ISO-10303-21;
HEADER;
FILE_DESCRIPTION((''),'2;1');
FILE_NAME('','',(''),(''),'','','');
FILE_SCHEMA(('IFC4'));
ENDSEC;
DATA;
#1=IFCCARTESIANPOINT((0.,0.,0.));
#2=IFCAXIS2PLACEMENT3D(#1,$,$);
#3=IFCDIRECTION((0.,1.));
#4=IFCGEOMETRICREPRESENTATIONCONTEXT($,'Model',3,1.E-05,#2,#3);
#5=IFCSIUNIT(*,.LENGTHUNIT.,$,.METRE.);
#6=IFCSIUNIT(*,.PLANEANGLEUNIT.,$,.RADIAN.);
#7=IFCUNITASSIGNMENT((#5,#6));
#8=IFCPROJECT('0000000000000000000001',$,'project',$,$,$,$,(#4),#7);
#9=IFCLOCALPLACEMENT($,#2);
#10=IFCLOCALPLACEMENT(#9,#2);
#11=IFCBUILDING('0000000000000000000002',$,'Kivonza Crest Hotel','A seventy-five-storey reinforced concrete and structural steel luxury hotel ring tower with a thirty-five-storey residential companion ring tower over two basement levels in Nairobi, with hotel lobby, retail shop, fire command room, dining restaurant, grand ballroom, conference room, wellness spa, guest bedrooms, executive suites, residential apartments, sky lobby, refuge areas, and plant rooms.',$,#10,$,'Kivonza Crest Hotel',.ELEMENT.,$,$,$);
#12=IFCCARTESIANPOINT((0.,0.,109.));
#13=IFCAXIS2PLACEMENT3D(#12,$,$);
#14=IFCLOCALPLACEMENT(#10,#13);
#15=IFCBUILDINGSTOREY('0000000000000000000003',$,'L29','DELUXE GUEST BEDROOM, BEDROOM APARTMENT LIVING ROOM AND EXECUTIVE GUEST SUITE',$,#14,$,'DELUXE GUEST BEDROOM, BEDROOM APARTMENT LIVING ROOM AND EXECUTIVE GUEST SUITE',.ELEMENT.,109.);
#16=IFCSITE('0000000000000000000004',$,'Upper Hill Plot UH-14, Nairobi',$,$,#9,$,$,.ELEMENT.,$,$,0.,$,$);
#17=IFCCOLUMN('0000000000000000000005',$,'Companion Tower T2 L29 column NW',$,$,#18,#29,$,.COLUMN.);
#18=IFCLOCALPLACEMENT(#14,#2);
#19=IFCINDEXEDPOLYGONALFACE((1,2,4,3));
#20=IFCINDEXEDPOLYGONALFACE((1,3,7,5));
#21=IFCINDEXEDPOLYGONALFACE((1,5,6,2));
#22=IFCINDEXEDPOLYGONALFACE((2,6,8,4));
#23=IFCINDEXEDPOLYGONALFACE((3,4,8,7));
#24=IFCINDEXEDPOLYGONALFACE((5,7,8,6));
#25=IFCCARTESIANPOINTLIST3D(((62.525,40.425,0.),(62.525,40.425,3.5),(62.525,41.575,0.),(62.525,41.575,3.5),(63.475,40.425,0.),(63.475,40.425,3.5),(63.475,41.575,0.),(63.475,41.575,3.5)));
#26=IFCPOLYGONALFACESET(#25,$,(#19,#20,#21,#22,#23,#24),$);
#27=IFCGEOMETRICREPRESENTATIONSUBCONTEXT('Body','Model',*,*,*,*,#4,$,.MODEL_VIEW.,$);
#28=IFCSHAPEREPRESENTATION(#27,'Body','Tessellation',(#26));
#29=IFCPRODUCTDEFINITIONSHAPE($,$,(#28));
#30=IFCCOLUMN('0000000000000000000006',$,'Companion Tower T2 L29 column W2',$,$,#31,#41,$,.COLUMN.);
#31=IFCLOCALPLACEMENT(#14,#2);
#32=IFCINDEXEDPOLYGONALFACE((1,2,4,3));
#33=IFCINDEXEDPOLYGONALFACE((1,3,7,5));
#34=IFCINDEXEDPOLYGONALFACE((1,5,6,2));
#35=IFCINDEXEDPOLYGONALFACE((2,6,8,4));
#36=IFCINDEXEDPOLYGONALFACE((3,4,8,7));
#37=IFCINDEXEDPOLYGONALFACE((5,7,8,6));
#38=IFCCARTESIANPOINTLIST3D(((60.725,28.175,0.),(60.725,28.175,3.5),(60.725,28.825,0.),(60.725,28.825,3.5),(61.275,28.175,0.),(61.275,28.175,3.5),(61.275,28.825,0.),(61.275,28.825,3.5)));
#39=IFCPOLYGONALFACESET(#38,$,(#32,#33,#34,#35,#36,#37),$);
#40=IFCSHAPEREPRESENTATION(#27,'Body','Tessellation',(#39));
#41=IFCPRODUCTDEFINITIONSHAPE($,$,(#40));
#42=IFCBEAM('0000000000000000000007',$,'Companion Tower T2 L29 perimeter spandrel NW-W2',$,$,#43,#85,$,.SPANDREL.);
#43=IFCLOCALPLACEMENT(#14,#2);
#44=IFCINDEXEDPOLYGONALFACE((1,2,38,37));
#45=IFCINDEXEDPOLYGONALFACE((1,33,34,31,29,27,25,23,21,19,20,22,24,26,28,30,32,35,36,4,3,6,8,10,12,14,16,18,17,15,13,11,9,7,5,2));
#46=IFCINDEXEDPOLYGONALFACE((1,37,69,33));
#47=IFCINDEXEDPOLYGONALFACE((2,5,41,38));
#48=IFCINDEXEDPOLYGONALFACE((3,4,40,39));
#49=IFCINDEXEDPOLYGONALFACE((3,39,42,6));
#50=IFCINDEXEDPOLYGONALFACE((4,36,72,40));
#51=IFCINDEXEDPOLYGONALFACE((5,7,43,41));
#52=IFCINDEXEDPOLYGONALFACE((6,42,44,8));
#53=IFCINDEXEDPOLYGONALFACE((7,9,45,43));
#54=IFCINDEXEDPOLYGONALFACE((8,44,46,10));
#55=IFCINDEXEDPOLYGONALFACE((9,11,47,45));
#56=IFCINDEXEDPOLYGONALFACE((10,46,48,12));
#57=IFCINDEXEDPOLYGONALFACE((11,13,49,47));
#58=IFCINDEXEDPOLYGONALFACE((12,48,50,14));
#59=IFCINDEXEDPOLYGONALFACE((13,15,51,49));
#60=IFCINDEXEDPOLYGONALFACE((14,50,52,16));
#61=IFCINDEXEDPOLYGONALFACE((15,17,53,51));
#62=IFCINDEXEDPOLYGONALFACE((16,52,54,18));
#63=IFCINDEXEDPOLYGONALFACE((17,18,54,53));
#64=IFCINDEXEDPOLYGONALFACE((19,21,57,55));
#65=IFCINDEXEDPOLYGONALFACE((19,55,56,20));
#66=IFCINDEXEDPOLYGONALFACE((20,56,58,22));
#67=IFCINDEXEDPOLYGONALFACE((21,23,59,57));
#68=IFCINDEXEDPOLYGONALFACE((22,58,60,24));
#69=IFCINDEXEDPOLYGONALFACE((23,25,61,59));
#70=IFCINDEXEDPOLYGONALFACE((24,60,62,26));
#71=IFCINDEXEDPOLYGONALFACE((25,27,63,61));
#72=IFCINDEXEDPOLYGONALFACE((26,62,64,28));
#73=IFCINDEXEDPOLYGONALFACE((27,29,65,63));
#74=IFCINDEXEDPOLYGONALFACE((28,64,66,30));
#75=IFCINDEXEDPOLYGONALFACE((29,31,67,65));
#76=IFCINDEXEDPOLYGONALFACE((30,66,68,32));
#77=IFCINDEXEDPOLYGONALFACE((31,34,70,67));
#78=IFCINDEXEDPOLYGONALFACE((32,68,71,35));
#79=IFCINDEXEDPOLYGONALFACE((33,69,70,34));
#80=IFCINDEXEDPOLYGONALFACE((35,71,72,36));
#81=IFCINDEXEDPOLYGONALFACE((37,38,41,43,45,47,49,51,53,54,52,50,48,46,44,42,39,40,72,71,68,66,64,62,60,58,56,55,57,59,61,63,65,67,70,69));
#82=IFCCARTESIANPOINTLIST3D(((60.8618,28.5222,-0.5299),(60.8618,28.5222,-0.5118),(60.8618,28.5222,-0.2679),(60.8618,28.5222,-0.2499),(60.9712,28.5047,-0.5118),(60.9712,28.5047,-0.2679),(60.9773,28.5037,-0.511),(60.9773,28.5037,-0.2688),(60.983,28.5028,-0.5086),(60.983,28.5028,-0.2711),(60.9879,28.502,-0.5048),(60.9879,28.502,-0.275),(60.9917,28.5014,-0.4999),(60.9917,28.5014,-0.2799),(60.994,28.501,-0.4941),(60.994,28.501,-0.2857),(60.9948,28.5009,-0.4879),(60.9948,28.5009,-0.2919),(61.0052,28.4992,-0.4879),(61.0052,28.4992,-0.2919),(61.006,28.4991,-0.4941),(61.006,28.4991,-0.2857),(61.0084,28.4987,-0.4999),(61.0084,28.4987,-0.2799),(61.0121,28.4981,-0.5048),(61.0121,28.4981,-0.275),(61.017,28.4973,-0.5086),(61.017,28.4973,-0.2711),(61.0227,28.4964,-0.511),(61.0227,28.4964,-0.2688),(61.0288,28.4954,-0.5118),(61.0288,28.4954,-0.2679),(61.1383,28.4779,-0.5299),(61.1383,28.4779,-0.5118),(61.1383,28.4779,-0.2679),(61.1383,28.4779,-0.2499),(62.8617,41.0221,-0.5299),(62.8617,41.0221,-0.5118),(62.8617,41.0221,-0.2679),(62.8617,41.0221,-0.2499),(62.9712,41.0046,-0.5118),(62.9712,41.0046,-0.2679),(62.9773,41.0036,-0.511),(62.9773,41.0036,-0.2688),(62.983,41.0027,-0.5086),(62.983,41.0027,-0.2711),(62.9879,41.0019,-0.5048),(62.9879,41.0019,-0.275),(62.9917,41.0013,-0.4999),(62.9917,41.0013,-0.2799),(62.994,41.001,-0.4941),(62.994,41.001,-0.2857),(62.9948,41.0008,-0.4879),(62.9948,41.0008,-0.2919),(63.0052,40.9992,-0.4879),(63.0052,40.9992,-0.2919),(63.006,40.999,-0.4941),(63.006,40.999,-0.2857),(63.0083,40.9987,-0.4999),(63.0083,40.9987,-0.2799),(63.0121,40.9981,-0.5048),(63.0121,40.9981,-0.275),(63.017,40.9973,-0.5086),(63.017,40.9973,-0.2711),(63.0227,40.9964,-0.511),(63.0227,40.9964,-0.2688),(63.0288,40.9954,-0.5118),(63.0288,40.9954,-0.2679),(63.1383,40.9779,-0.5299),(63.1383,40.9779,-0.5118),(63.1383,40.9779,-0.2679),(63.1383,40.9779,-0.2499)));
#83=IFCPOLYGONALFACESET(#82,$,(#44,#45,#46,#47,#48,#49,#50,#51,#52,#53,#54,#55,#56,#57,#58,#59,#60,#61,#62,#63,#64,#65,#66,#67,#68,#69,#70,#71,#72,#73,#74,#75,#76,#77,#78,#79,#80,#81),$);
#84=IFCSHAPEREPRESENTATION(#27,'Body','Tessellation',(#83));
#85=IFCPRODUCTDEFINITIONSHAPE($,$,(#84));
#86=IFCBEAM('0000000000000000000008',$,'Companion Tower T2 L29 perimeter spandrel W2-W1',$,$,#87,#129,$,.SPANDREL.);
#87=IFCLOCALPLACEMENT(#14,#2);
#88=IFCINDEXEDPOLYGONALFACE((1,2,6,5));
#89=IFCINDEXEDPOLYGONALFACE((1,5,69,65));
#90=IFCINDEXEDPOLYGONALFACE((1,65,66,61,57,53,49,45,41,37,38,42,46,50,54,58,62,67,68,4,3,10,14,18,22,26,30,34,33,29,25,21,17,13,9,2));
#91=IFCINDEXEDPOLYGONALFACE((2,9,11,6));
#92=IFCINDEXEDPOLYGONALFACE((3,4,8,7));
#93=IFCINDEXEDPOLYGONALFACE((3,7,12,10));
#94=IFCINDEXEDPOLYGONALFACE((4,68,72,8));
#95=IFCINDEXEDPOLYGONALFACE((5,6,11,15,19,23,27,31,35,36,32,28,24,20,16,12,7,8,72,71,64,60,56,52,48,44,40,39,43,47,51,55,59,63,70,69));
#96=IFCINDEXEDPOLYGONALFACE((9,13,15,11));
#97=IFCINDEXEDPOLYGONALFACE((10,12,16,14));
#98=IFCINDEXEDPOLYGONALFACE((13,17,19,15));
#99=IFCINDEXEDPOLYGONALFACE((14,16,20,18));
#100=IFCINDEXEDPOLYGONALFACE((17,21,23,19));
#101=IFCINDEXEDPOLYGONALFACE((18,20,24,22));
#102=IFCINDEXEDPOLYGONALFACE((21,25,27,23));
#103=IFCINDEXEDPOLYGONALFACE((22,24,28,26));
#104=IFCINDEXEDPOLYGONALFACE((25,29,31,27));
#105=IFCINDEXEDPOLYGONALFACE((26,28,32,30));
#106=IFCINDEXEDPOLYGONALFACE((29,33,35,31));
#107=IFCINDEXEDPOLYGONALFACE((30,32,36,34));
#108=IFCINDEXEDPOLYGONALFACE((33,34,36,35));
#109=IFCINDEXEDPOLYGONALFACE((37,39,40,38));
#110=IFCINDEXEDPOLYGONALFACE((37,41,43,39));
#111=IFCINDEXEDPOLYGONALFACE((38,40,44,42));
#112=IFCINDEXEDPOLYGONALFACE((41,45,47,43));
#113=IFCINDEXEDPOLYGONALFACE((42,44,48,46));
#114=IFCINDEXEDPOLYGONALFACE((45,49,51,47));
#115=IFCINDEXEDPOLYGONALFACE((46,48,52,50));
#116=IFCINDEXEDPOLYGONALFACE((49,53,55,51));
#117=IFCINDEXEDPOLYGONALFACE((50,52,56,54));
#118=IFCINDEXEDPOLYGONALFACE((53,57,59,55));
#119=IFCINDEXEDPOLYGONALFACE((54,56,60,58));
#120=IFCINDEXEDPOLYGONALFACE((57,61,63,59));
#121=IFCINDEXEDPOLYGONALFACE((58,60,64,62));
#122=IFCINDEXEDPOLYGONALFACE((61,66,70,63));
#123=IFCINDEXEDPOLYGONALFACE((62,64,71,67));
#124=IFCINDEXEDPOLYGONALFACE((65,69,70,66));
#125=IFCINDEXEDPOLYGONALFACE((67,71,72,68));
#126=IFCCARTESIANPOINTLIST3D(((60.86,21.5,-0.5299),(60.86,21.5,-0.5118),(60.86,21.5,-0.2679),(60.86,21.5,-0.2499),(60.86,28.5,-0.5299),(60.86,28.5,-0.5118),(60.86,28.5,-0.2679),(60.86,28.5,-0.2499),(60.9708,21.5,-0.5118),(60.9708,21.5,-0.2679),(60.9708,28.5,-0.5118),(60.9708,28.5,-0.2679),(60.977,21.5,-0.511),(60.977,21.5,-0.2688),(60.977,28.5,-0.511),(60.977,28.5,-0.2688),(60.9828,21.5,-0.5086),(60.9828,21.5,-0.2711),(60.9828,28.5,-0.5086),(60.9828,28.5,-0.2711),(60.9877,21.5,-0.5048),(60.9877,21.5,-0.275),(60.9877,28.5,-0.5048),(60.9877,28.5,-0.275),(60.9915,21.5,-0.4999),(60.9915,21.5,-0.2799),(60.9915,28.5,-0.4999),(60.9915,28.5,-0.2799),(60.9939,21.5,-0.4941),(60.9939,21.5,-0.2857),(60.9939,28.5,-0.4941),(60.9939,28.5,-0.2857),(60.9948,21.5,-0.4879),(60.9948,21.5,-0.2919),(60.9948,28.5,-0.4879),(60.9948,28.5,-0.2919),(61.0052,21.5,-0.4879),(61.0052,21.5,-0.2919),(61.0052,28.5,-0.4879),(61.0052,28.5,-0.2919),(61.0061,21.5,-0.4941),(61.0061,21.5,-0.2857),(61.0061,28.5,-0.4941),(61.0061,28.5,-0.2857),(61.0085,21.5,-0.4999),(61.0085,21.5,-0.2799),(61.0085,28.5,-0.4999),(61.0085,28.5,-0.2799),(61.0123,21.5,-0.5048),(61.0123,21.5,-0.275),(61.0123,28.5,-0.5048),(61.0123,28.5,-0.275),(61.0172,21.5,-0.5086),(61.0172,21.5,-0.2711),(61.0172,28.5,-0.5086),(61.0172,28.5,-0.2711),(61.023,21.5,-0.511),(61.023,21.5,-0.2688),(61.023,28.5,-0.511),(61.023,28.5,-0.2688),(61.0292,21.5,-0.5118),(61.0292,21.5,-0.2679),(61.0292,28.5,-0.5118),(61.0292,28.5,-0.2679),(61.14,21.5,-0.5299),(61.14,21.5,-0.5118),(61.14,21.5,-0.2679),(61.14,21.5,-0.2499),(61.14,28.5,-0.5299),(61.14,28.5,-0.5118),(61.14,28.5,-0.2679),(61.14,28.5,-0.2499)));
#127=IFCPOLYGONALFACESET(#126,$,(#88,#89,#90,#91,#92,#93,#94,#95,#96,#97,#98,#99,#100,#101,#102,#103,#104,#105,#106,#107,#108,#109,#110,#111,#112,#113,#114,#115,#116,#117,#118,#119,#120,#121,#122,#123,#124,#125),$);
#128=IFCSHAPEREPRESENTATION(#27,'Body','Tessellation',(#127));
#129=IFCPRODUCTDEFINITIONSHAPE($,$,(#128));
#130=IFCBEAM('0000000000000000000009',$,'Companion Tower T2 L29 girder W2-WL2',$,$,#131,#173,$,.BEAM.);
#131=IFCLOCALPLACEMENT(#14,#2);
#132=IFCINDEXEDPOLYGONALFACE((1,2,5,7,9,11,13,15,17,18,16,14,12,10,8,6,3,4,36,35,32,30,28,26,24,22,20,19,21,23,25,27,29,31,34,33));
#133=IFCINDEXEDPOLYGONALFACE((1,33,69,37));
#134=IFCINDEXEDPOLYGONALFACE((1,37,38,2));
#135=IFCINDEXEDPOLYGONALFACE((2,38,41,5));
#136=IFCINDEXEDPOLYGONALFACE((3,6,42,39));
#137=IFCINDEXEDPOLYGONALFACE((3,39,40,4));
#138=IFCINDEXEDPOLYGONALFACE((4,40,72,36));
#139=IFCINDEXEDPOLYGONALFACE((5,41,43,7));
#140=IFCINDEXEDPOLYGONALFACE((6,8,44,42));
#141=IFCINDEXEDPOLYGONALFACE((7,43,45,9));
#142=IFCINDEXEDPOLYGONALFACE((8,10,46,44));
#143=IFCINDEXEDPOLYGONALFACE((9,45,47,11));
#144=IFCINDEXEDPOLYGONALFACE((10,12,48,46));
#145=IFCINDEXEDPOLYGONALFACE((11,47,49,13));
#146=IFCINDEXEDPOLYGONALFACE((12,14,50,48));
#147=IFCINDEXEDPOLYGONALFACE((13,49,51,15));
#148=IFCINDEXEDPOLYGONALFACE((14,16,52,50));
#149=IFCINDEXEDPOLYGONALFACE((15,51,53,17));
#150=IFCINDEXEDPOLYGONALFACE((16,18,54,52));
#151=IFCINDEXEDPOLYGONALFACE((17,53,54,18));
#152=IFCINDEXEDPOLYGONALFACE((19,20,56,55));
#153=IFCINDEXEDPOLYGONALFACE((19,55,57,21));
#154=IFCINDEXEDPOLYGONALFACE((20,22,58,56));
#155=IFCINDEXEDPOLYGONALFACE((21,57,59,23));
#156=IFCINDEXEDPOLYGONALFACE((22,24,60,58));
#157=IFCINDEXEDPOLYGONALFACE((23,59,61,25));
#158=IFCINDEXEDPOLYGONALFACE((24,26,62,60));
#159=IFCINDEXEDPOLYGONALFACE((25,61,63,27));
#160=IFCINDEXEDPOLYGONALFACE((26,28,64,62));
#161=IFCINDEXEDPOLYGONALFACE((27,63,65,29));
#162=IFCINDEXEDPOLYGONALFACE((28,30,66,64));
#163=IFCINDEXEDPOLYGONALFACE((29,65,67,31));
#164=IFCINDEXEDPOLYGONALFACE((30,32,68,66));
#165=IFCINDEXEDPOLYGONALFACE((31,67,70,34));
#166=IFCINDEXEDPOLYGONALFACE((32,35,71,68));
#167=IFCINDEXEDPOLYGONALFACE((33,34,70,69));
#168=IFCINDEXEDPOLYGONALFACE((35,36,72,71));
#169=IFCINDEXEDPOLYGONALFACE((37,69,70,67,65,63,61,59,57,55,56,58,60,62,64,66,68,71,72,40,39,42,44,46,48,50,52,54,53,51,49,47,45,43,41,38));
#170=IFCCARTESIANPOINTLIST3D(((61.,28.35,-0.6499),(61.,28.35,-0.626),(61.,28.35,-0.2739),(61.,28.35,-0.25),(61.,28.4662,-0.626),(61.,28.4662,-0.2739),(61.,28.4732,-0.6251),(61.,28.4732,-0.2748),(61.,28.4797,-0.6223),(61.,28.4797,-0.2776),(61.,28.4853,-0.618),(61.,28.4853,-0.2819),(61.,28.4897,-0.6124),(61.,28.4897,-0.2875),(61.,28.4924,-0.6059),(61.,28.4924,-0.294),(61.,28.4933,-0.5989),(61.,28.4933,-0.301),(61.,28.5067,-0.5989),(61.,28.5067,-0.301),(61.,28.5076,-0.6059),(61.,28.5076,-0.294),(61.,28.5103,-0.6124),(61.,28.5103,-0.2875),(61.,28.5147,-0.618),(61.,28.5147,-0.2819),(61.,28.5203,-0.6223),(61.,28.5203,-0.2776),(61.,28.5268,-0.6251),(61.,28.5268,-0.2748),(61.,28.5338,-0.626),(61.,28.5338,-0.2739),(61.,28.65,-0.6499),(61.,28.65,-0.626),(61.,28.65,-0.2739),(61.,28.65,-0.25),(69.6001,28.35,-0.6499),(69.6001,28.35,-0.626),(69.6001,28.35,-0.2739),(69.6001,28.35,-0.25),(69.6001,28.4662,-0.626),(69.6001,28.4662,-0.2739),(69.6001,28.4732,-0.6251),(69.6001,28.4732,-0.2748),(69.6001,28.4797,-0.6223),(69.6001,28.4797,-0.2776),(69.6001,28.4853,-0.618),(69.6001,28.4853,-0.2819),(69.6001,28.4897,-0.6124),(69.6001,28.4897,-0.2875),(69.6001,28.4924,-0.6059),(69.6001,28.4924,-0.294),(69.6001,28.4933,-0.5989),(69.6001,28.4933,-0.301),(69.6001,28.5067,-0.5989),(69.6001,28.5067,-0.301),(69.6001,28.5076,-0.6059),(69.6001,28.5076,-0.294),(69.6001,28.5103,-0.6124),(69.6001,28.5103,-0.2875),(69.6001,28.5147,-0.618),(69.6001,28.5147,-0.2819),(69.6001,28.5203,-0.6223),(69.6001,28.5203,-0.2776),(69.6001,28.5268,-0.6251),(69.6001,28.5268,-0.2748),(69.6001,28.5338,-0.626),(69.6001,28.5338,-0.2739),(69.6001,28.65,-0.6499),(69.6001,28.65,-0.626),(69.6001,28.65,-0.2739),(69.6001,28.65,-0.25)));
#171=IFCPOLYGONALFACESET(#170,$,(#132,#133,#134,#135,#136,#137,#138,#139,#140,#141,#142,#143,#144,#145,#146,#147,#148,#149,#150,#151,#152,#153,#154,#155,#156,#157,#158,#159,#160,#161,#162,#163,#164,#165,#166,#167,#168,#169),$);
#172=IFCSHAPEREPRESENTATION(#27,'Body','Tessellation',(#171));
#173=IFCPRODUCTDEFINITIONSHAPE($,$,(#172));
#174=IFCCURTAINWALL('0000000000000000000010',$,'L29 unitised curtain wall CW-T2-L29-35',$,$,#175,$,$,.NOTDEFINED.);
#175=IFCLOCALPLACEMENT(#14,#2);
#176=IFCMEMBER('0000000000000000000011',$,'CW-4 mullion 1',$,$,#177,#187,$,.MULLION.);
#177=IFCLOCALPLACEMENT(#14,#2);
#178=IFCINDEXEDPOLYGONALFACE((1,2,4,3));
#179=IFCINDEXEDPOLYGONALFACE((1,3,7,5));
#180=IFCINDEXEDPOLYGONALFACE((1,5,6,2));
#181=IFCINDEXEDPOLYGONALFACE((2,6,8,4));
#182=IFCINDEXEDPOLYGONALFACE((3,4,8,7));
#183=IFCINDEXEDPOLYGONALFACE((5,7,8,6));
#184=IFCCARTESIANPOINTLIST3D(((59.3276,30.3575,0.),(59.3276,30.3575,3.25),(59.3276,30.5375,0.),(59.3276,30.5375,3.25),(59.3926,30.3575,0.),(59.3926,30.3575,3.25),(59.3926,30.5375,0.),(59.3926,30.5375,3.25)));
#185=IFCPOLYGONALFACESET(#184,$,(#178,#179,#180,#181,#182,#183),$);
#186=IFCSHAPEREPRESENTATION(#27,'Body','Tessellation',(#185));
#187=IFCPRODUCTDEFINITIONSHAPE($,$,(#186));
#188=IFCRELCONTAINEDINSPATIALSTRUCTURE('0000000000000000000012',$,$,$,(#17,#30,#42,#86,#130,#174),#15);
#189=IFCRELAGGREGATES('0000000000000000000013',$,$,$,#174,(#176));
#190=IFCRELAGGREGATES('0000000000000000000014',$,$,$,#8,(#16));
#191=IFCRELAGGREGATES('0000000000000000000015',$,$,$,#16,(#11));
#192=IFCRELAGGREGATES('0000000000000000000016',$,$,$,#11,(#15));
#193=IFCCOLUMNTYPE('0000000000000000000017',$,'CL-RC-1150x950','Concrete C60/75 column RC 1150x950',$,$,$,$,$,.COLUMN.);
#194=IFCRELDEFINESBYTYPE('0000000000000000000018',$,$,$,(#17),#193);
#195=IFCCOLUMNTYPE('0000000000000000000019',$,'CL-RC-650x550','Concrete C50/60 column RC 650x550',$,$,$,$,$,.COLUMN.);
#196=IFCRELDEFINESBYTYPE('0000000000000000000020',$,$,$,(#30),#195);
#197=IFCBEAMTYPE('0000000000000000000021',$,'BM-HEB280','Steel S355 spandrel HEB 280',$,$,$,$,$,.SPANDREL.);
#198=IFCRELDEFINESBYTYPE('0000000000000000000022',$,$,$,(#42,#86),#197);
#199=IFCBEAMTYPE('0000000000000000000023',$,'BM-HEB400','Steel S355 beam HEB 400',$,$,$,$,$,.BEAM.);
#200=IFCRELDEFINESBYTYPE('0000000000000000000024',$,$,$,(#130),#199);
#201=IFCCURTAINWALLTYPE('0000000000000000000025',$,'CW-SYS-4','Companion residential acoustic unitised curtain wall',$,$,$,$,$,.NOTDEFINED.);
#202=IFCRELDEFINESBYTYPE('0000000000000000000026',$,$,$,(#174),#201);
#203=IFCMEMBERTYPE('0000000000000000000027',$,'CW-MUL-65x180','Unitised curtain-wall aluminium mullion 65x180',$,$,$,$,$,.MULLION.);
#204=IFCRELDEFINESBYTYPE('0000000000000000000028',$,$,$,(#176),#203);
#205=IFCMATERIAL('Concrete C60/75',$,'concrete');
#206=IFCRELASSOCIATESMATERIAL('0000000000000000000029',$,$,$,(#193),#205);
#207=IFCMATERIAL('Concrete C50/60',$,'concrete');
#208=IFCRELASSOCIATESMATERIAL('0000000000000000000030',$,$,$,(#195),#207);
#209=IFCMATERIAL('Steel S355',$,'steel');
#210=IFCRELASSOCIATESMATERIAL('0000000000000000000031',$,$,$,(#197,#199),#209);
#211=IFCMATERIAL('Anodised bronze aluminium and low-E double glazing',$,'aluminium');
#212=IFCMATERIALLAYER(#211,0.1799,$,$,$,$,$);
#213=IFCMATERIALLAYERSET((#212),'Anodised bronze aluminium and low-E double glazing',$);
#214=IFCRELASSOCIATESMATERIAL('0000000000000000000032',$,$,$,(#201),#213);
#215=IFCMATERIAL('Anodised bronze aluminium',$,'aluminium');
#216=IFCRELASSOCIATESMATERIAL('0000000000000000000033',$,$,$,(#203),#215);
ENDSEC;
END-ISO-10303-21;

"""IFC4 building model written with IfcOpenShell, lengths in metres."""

from ifc_helpers import new_model, si_unit, direction, frame, origin, origin_2d, place, context, subcontext, project, spatial, rectangle, i_section, extrude, material, layer, layer_set, material_profile, profile_set, type_object, element, aggregate, save


model = new_model("IFC4")

# Units and contexts
model_context = context("Model", 3, precision=1e-05, world=origin(), true_north=direction((0.0, 1.0)))
body_context = subcontext(model_context, "Body", "Model", "MODEL_VIEW")
ifc_project = project(units=[si_unit("LENGTHUNIT", "METRE"), si_unit("PLANEANGLEUNIT", "RADIAN")], contexts=[model_context])

# Site, building, storey
site_placement = place(None, origin())
site = spatial("IfcSite", under=ifc_project, at=site_placement, Name="Upper Hill Plot UH-14, Nairobi", CompositionType="ELEMENT", RefElevation=0.0)
building_placement = place(site_placement, origin())
building = spatial("IfcBuilding", under=site, at=building_placement, Name="Kivonza Crest Hotel", Description="A seventy-five-storey reinforced concrete and structural steel luxury hotel ring tower with a thirty-five-storey residential companion ring tower over two basement levels in Nairobi, with hotel lobby, retail shop, fire command room, dining restaurant, grand ballroom, conference room, wellness spa, guest bedrooms, executive suites, residential apartments, sky lobby, refuge areas, and plant rooms.", LongName="Kivonza Crest Hotel", CompositionType="ELEMENT")
storey_placement = place(building_placement, frame((0.0, 0.0, 109.0)))
storey = spatial("IfcBuildingStorey", under=building, at=storey_placement, Name="L29", Description="DELUXE GUEST BEDROOM, BEDROOM APARTMENT LIVING ROOM AND EXECUTIVE GUEST SUITE", LongName="DELUXE GUEST BEDROOM, BEDROOM APARTMENT LIVING ROOM AND EXECUTIVE GUEST SUITE", CompositionType="ELEMENT", Elevation=109.0)

# Columns
ifc_material_1 = material(Name="Concrete C60/75", Category="concrete")
ifc_material_profile_1 = material_profile(ifc_material_1, rectangle(XDim=0.95, YDim=1.1499, at=origin_2d()), Name="RC 1150x950")
ifc_profile_set_1 = profile_set([ifc_material_profile_1], Name="Concrete C60/75")
column_type_1 = type_object("IfcColumnType", Name="CL-RC-1150x950", Description="Concrete C60/75 column RC 1150x950", PredefinedType="COLUMN", material=ifc_profile_set_1)
column_1_placement = place(storey_placement, frame((63.0, 41.0, 0.0), z_axis=(0.0, 0.0, 1.0), x_axis=(1.0, 0.0, 0.0)))
element("IfcColumn", 1, at=column_1_placement, inside=storey, type_object=column_type_1, Name="Companion Tower T2 L29 column NW", PredefinedType="COLUMN", context=body_context, shape_type="SweptSolid", body=[
    extrude(rectangle(XDim=0.95, YDim=1.1499, at=origin_2d()), origin(), (0.0, 0.0, 1.0), 3.5),
])
ifc_material_2 = material(Name="Concrete C50/60", Category="concrete")
ifc_material_profile_2 = material_profile(ifc_material_2, rectangle(XDim=0.55, YDim=0.6499, at=origin_2d()), Name="RC 650x550")
ifc_profile_set_2 = profile_set([ifc_material_profile_2], Name="Concrete C50/60")
column_type_2 = type_object("IfcColumnType", Name="CL-RC-650x550", Description="Concrete C50/60 column RC 650x550", PredefinedType="COLUMN", material=ifc_profile_set_2)
column_2_placement = place(storey_placement, frame((61.0, 28.5, 0.0), z_axis=(0.0, 0.0, 1.0), x_axis=(1.0, 0.0, 0.0)))
element("IfcColumn", 2, at=column_2_placement, inside=storey, type_object=column_type_2, Name="Companion Tower T2 L29 column W2", PredefinedType="COLUMN", context=body_context, shape_type="SweptSolid", body=[
    extrude(rectangle(XDim=0.55, YDim=0.6499, at=origin_2d()), origin(), (0.0, 0.0, 1.0), 3.5),
])

# Beams
ifc_material_3 = material(Name="Steel S355", Category="steel")
ifc_material_profile_3 = material_profile(ifc_material_3, i_section(OverallWidth=0.28, OverallDepth=0.28, WebThickness=0.0105, FlangeThickness=0.0181, FilletRadius=0.0239, at=origin_2d()), Name="HEB 280")
ifc_profile_set_3 = profile_set([ifc_material_profile_3], Name="Steel S355")
beam_type_1 = type_object("IfcBeamType", Name="BM-HEB280", Description="Steel S355 spandrel HEB 280", PredefinedType="SPANDREL", material=ifc_profile_set_3)
beam_1_placement = place(storey_placement, frame((63.0, 41.0, -0.3899), z_axis=(-0.157991, -0.987441, 0.0), x_axis=(0.987441, -0.157991, 0.0)))
element("IfcBeam", 3, at=beam_1_placement, inside=storey, type_object=beam_type_1, Name="Companion Tower T2 L29 perimeter spandrel NW-W2", PredefinedType="SPANDREL", context=body_context, shape_type="SweptSolid", body=[
    extrude(i_section(OverallWidth=0.28, OverallDepth=0.28, WebThickness=0.0105, FlangeThickness=0.0181, FilletRadius=0.0239, at=origin_2d()), origin(), (0.0, 0.0, 1.0), 12.6589),
])
beam_2_placement = place(storey_placement, frame((61.0, 28.5, -0.3899), z_axis=(0.0, -1.0, 0.0), x_axis=(1.0, 0.0, 0.0)))
element("IfcBeam", 4, at=beam_2_placement, inside=storey, type_object=beam_type_1, Name="Companion Tower T2 L29 perimeter spandrel W2-W1", PredefinedType="SPANDREL", context=body_context, shape_type="SweptSolid", body=[
    extrude(i_section(OverallWidth=0.28, OverallDepth=0.28, WebThickness=0.0105, FlangeThickness=0.0181, FilletRadius=0.0239, at=origin_2d()), origin(), (0.0, 0.0, 1.0), 7.0),
])
ifc_material_profile_4 = material_profile(ifc_material_3, i_section(OverallWidth=0.3, OverallDepth=0.3999, WebThickness=0.0134, FlangeThickness=0.0239, FilletRadius=0.0271, at=origin_2d()), Name="HEB 400")
ifc_profile_set_4 = profile_set([ifc_material_profile_4], Name="Steel S355")
beam_type_2 = type_object("IfcBeamType", Name="BM-HEB400", Description="Steel S355 beam HEB 400", PredefinedType="BEAM", material=ifc_profile_set_4)
beam_3_placement = place(storey_placement, frame((61.0, 28.5, -0.45), z_axis=(1.0, 0.0, 0.0), x_axis=(0.0, 1.0, 0.0)))
element("IfcBeam", 5, at=beam_3_placement, inside=storey, type_object=beam_type_2, Name="Companion Tower T2 L29 girder W2-WL2", PredefinedType="BEAM", context=body_context, shape_type="SweptSolid", body=[
    extrude(i_section(OverallWidth=0.3, OverallDepth=0.3999, WebThickness=0.0134, FlangeThickness=0.0239, FilletRadius=0.0271, at=origin_2d()), origin(), (0.0, 0.0, 1.0), 8.6001),
])

# Curtain wall, member
ifc_material_4 = material(Name="Anodised bronze aluminium and low-E double glazing", Category="aluminium")
ifc_layer_1 = layer(ifc_material_4, 0.1799)
ifc_layer_set_1 = layer_set([ifc_layer_1], Name="Anodised bronze aluminium and low-E double glazing")
curtain_wall_type = type_object("IfcCurtainWallType", Name="CW-SYS-4", Description="Companion residential acoustic unitised curtain wall", PredefinedType="NOTDEFINED", material=ifc_layer_set_1)
curtain_wall_placement = place(storey_placement, origin())
curtain_wall = element("IfcCurtainWall", 6, at=curtain_wall_placement, inside=storey, type_object=curtain_wall_type, Name="L29 unitised curtain wall CW-T2-L29-35", PredefinedType="NOTDEFINED")
ifc_material_5 = material(Name="Anodised bronze aluminium", Category="aluminium")
ifc_material_profile_5 = material_profile(ifc_material_5, rectangle(XDim=0.0649, YDim=0.1799, at=origin_2d()), Name="CW-M 65x180")
ifc_profile_set_5 = profile_set([ifc_material_profile_5], Name="Anodised bronze aluminium")
member_type_1 = type_object("IfcMemberType", Name="CW-MUL-65x180", Description="Unitised curtain-wall aluminium mullion 65x180", PredefinedType="MULLION", material=ifc_profile_set_5)
member_1_placement = place(storey_placement, frame((59.3601, 30.4475, 0.0), z_axis=(0.0, 0.0, 1.0), x_axis=(1.0, 0.0, 0.0)))
member_1 = element("IfcMember", 7, at=member_1_placement, type_object=member_type_1, Name="CW-4 mullion 1", PredefinedType="MULLION", context=body_context, shape_type="SweptSolid", body=[
    extrude(rectangle(XDim=0.0649, YDim=0.1799, at=origin_2d()), origin(), (0.0, 0.0, 1.0), 3.25),
])
aggregate(curtain_wall, [member_1])

save(model, "model.ifc")
